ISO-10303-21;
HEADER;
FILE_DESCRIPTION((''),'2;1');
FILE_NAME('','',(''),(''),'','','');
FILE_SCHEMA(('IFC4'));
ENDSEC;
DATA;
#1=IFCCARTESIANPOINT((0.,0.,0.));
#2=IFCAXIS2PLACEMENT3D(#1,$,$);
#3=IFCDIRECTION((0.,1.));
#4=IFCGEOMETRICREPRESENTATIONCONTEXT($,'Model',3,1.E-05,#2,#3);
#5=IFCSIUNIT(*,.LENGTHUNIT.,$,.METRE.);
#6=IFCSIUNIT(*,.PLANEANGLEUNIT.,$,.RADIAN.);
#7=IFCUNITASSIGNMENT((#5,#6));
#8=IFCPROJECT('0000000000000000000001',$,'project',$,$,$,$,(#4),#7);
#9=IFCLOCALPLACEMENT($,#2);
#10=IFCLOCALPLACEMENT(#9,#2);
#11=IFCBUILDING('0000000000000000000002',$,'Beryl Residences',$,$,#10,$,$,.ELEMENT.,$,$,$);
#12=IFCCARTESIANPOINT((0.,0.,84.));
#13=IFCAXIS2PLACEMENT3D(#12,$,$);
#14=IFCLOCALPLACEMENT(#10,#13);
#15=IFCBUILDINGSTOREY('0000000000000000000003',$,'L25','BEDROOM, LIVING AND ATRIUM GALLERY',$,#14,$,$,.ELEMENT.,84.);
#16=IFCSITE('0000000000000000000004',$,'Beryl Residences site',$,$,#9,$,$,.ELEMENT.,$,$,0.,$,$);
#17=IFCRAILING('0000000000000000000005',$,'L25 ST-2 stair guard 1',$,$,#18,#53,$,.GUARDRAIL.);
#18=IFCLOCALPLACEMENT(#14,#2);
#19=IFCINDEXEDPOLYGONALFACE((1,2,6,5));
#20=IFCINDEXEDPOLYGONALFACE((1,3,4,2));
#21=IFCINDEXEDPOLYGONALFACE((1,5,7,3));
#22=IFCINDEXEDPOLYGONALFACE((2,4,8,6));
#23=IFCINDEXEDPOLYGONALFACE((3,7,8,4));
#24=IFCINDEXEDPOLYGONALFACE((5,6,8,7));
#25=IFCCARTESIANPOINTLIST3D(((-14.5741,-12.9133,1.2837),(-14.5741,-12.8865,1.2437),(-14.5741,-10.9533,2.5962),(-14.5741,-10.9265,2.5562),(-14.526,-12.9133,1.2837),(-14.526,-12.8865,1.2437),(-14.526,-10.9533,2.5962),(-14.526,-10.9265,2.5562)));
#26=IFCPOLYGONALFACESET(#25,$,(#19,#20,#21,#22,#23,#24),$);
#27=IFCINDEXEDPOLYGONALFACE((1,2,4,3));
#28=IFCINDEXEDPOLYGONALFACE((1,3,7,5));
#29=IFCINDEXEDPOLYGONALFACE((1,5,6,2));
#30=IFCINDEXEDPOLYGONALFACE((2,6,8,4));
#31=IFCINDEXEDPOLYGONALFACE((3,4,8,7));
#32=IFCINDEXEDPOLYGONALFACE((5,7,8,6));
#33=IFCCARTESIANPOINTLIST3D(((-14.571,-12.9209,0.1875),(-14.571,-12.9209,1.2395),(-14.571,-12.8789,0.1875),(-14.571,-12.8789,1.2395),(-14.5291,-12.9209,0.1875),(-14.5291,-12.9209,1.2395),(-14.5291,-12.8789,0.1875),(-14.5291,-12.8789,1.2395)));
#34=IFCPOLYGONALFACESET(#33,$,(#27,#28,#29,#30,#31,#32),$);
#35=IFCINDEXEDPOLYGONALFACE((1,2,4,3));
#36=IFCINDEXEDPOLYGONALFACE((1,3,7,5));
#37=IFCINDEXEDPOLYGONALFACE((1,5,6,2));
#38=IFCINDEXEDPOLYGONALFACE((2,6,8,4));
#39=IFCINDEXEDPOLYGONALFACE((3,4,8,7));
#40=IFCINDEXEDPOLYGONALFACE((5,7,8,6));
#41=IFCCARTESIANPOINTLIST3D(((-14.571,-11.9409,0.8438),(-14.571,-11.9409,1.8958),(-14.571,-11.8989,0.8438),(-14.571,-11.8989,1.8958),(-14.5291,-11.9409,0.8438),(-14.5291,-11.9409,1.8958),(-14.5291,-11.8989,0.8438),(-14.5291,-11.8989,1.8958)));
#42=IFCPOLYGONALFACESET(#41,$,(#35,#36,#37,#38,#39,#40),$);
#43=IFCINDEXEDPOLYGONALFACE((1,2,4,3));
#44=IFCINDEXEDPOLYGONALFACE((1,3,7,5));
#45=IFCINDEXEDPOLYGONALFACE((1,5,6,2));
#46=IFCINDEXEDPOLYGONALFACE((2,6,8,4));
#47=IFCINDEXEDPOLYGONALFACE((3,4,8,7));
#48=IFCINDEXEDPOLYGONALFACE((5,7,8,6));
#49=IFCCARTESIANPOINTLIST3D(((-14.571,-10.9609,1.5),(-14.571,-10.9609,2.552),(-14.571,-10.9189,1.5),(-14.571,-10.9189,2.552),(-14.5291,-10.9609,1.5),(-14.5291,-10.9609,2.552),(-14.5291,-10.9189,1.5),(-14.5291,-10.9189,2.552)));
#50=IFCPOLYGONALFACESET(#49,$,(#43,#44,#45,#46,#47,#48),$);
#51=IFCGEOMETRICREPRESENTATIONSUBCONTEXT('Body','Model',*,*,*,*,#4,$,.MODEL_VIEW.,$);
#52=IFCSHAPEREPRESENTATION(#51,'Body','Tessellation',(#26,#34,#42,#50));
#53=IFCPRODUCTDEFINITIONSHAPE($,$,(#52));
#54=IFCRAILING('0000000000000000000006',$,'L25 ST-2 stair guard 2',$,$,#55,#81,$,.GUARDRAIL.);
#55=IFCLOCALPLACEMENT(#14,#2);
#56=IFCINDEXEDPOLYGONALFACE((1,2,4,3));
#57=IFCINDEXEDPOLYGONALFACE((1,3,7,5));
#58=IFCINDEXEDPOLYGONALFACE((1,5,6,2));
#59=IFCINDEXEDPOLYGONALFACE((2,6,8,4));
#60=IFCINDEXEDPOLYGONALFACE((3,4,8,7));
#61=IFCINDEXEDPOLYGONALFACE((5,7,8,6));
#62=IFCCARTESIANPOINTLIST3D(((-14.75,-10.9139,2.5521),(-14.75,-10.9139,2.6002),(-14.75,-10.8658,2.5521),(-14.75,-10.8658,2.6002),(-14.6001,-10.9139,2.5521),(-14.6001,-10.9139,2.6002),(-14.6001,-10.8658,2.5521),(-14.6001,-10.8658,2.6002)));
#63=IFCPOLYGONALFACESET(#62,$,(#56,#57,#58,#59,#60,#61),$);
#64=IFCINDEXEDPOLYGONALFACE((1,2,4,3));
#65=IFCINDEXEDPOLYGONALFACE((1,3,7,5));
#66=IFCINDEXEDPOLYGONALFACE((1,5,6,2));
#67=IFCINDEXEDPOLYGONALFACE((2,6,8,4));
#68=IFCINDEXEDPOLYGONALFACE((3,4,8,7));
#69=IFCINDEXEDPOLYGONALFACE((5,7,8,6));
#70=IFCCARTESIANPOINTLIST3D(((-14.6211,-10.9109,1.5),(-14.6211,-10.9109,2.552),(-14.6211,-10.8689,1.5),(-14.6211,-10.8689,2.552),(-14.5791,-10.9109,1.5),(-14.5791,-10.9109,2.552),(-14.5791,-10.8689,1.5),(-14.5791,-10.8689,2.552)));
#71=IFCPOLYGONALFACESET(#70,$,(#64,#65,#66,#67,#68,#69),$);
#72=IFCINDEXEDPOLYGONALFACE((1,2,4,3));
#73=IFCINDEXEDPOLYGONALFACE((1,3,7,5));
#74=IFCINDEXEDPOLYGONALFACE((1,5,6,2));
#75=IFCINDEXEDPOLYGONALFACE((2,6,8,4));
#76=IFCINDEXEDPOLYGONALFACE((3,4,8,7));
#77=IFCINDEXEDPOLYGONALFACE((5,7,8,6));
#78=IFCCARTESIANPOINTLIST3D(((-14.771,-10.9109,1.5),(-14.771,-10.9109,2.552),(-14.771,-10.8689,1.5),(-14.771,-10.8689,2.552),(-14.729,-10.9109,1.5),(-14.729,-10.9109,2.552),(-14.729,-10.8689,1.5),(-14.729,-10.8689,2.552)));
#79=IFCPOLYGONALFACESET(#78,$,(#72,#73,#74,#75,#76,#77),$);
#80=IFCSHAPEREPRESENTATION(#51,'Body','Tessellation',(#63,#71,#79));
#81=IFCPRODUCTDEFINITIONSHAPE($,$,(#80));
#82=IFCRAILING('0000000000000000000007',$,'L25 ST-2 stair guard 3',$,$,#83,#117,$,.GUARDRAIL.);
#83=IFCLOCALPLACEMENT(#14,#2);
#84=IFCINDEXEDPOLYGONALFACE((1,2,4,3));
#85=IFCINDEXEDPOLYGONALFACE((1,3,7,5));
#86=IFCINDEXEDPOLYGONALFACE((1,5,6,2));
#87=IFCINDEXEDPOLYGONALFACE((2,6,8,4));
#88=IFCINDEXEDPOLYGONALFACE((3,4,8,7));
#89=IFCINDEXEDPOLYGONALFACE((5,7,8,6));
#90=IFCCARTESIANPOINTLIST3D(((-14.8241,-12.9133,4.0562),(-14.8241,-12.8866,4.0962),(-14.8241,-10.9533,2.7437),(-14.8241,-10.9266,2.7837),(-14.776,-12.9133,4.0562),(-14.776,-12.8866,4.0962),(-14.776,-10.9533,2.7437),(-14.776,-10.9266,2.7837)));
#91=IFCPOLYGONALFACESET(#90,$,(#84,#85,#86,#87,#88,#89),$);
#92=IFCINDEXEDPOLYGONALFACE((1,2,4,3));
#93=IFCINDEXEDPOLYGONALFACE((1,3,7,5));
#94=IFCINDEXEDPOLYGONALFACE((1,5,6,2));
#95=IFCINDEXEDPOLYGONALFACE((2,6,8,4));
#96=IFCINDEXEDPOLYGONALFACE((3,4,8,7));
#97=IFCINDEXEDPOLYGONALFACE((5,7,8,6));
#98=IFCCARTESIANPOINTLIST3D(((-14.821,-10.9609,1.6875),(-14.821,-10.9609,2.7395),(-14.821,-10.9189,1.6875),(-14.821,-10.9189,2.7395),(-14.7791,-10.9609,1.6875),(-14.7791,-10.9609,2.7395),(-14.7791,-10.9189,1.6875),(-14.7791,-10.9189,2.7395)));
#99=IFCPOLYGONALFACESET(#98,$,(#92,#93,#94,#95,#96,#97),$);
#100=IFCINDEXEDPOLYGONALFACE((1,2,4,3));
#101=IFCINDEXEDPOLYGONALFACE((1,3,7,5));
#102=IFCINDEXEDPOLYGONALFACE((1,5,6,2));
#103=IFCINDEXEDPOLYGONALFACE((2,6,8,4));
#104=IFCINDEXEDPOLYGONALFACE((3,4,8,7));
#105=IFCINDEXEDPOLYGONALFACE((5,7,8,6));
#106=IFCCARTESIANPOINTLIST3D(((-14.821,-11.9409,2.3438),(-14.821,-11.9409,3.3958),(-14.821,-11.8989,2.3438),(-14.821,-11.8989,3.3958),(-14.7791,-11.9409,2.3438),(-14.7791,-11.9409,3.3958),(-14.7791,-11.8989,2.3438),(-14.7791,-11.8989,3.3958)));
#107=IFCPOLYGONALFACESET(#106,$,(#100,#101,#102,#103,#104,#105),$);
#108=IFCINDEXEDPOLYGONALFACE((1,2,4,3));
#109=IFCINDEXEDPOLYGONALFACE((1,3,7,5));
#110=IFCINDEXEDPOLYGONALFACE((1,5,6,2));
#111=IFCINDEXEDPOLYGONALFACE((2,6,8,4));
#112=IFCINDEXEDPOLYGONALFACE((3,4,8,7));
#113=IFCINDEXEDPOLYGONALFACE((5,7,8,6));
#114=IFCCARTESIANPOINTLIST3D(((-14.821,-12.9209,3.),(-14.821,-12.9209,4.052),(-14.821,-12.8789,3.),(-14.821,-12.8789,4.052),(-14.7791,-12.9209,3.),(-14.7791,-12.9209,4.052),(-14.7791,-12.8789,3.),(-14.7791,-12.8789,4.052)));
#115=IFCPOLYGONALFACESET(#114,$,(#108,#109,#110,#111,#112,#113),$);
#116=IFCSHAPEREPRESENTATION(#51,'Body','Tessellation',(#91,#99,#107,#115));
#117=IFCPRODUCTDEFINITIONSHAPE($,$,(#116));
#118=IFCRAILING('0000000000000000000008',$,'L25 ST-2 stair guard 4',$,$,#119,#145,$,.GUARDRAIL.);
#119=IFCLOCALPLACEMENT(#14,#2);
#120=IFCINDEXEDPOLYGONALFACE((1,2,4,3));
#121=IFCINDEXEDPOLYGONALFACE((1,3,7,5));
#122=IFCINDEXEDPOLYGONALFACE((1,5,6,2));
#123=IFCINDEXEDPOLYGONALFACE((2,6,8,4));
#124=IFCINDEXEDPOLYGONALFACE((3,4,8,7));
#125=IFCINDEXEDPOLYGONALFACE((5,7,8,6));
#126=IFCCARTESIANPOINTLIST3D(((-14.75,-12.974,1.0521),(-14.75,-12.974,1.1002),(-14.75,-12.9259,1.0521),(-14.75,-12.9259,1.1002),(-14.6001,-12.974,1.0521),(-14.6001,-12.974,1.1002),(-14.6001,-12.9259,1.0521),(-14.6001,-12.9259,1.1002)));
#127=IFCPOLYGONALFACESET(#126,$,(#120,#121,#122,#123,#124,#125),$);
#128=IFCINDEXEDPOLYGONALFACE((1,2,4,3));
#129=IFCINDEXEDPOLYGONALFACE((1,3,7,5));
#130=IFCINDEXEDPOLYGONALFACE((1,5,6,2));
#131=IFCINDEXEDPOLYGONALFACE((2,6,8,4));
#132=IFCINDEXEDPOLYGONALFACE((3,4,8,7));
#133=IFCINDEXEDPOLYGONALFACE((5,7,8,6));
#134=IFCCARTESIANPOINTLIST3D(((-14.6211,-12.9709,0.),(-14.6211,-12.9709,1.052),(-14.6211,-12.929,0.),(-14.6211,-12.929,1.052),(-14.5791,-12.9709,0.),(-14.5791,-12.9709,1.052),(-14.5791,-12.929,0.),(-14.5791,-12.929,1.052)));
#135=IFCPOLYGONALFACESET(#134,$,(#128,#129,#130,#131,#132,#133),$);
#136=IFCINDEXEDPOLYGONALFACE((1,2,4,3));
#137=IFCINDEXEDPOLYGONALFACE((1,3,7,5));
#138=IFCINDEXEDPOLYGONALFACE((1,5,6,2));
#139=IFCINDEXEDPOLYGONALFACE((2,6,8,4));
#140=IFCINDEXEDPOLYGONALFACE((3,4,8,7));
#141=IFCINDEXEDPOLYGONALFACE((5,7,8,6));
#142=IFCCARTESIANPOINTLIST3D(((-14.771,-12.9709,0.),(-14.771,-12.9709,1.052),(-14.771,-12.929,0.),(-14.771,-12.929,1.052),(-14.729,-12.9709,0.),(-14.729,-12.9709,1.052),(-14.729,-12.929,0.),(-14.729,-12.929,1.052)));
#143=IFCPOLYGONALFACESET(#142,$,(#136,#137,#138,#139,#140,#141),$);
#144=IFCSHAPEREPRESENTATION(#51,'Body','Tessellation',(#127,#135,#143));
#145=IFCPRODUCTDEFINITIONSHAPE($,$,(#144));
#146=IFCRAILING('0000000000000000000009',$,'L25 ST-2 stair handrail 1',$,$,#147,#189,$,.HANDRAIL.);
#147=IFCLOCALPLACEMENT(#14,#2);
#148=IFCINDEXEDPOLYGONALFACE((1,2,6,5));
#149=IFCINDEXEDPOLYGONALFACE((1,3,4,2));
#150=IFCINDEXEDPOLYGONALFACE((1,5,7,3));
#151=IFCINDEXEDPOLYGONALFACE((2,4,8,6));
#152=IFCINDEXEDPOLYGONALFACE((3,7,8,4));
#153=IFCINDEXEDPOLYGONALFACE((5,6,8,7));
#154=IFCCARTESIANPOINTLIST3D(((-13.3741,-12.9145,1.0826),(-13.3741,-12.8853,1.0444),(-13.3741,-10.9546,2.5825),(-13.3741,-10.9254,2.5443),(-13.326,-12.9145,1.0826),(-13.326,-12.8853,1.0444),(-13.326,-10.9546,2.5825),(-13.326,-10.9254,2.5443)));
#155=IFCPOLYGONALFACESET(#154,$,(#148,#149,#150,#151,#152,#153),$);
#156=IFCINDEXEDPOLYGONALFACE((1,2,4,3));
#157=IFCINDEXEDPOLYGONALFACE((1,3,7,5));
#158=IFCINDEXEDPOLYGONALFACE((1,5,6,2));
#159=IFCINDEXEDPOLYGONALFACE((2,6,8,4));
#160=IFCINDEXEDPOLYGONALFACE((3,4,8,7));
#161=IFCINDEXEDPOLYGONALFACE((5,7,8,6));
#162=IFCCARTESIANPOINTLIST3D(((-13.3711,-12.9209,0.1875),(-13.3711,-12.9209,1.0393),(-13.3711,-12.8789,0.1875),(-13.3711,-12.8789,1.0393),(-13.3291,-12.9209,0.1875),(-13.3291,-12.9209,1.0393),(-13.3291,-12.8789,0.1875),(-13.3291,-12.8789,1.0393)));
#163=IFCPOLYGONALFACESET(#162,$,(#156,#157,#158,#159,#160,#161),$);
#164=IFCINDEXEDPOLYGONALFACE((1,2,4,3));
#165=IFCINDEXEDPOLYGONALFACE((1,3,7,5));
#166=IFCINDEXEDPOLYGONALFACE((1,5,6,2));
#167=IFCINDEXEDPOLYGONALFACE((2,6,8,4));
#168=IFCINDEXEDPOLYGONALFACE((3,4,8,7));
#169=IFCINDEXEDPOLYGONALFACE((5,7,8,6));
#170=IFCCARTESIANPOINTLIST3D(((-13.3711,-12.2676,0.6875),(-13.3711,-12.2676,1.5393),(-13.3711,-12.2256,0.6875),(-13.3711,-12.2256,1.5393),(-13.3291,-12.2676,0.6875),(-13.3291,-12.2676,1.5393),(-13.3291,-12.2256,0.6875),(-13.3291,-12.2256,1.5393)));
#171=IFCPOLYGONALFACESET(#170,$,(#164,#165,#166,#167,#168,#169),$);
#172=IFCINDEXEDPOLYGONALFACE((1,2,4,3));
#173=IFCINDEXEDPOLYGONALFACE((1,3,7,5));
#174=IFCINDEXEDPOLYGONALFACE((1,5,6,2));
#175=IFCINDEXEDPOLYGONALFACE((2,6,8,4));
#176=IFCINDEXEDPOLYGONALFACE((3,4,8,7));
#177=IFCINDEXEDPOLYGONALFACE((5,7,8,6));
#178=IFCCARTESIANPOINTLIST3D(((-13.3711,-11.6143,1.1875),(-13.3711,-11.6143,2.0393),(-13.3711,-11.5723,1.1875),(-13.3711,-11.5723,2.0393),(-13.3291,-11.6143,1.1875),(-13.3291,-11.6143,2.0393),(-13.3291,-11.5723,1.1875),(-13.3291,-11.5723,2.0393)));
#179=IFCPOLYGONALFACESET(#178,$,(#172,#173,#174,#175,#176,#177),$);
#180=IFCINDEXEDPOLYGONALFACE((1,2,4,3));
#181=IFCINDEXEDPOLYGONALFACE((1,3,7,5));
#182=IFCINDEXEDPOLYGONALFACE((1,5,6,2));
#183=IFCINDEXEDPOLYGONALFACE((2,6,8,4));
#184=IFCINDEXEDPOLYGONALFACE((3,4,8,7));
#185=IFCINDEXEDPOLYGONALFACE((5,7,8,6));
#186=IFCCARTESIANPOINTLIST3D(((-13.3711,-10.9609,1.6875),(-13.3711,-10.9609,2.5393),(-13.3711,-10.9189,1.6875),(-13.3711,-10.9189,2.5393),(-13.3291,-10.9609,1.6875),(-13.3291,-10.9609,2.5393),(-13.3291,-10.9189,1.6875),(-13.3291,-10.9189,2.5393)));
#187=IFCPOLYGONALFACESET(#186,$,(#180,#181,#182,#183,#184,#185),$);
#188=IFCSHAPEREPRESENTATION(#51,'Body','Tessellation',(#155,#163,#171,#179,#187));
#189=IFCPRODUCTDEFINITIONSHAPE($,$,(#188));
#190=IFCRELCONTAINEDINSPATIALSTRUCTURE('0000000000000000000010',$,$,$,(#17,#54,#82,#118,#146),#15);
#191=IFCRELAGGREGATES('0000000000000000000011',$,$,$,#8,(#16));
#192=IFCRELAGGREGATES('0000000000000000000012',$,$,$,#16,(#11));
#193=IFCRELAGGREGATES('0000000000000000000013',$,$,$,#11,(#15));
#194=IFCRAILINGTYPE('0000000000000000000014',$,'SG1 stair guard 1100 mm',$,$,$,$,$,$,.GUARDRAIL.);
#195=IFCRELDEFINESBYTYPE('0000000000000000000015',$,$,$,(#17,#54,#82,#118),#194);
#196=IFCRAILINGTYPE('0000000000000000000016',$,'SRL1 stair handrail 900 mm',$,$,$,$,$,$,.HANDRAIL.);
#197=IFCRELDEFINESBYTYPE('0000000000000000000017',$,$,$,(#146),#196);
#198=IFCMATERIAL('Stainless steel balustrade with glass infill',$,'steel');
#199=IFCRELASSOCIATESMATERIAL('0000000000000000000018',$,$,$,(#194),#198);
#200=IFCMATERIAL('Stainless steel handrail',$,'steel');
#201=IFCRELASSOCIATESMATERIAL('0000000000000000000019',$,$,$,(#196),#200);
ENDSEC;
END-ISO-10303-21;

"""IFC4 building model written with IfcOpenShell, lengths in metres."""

from ifc_helpers import new_model, si_unit, direction, frame, origin, origin_2d, place, context, subcontext, project, spatial, rectangle, extrude, material, type_object, element, save


model = new_model("IFC4")

# Units and contexts
model_context = context("Model", 3, precision=1e-05, world=origin(), true_north=direction((0.0, 1.0)))
body_context = subcontext(model_context, "Body", "Model", "MODEL_VIEW")
ifc_project = project(units=[si_unit("LENGTHUNIT", "METRE"), si_unit("PLANEANGLEUNIT", "RADIAN")], contexts=[model_context])

# Site, building, storey
site_placement = place(None, origin())
site = spatial("IfcSite", under=ifc_project, at=site_placement, Name="Beryl Residences site", CompositionType="ELEMENT", RefElevation=0.0)
building_placement = place(site_placement, origin())
building = spatial("IfcBuilding", under=site, at=building_placement, Name="Beryl Residences", CompositionType="ELEMENT")
storey_placement = place(building_placement, frame((0.0, 0.0, 84.0)))
storey = spatial("IfcBuildingStorey", under=building, at=storey_placement, Name="L25", Description="BEDROOM, LIVING AND ATRIUM GALLERY", CompositionType="ELEMENT", Elevation=84.0)

# Railings
ifc_material_1 = material(Name="Stainless steel balustrade with glass infill", Category="steel")
railing_type_1 = type_object("IfcRailingType", Name="SG1 stair guard 1100 mm", PredefinedType="GUARDRAIL", material=ifc_material_1)
railing_1_placement = place(storey_placement, frame((-14.55, -12.8999, 0.1875)))
element("IfcRailing", 1, at=railing_1_placement, inside=storey, type_object=railing_type_1, Name="L25 ST-2 stair guard 1", PredefinedType="GUARDRAIL", context=body_context, shape_type="SweptSolid", body=[
    extrude(rectangle(XDim=0.0481, YDim=0.0481, at=origin_2d()), frame((0.0, 0.0, 1.0762), z_axis=(0.0, 0.830902, 0.556419), x_axis=(-1.0, 0.0, 0.0)), (0.0, 0.0, 1.0), 2.3589),
    extrude(rectangle(XDim=0.042, YDim=0.042, at=origin_2d()), origin(), (0.0, 0.0, 1.0), 1.052),
    extrude(rectangle(XDim=0.042, YDim=0.042, at=origin_2d()), frame((0.0, 0.98, 0.6562)), (0.0, 0.0, 1.0), 1.052),
    extrude(rectangle(XDim=0.042, YDim=0.042, at=origin_2d()), frame((0.0, 1.96, 1.3125)), (0.0, 0.0, 1.0), 1.052),
])
railing_2_placement = place(storey_placement, frame((-14.6001, -10.8899, 1.5)))
element("IfcRailing", 2, at=railing_2_placement, inside=storey, type_object=railing_type_1, Name="L25 ST-2 stair guard 2", PredefinedType="GUARDRAIL", context=body_context, shape_type="SweptSolid", body=[
    extrude(rectangle(XDim=0.0481, YDim=0.0481, at=origin_2d()), frame((0.0, 0.0, 1.0762), z_axis=(-1.0, 0.0, 0.0), x_axis=(0.0, -1.0, 0.0)), (0.0, 0.0, 1.0), 0.1499),
    extrude(rectangle(XDim=0.042, YDim=0.042, at=origin_2d()), origin(), (0.0, 0.0, 1.0), 1.052),
    extrude(rectangle(XDim=0.042, YDim=0.042, at=origin_2d()), frame((-0.1499, 0.0, 0.0)), (0.0, 0.0, 1.0), 1.052),
])
railing_3_placement = place(storey_placement, frame((-14.8, -10.9399, 1.6875)))
element("IfcRailing", 3, at=railing_3_placement, inside=storey, type_object=railing_type_1, Name="L25 ST-2 stair guard 3", PredefinedType="GUARDRAIL", context=body_context, shape_type="SweptSolid", body=[
    extrude(rectangle(XDim=0.0481, YDim=0.0481, at=origin_2d()), frame((0.0, 0.0, 1.0762), z_axis=(0.0, -0.830902, 0.556419), x_axis=(1.0, 0.0, 0.0)), (0.0, 0.0, 1.0), 2.3589),
    extrude(rectangle(XDim=0.042, YDim=0.042, at=origin_2d()), origin(), (0.0, 0.0, 1.0), 1.052),
    extrude(rectangle(XDim=0.042, YDim=0.042, at=origin_2d()), frame((0.0, -0.98, 0.6562)), (0.0, 0.0, 1.0), 1.052),
    extrude(rectangle(XDim=0.042, YDim=0.042, at=origin_2d()), frame((0.0, -1.96, 1.3125)), (0.0, 0.0, 1.0), 1.052),
])
railing_4_placement = place(storey_placement, frame((-14.6001, -12.95, 0.0)))
element("IfcRailing", 4, at=railing_4_placement, inside=storey, type_object=railing_type_1, Name="L25 ST-2 stair guard 4", PredefinedType="GUARDRAIL", context=body_context, shape_type="SweptSolid", body=[
    extrude(rectangle(XDim=0.0481, YDim=0.0481, at=origin_2d()), frame((0.0, 0.0, 1.0762), z_axis=(-1.0, 0.0, 0.0), x_axis=(0.0, -1.0, 0.0)), (0.0, 0.0, 1.0), 0.1499),
    extrude(rectangle(XDim=0.042, YDim=0.042, at=origin_2d()), origin(), (0.0, 0.0, 1.0), 1.052),
    extrude(rectangle(XDim=0.042, YDim=0.042, at=origin_2d()), frame((-0.1499, 0.0, 0.0)), (0.0, 0.0, 1.0), 1.052),
])
ifc_material_2 = material(Name="Stainless steel handrail", Category="steel")
railing_type_2 = type_object("IfcRailingType", Name="SRL1 stair handrail 900 mm", PredefinedType="HANDRAIL", material=ifc_material_2)
railing_5_placement = place(storey_placement, frame((-13.3501, -12.8999, 0.1875)))
element("IfcRailing", 5, at=railing_5_placement, inside=storey, type_object=railing_type_2, Name="L25 ST-2 stair handrail 1", PredefinedType="HANDRAIL", context=body_context, shape_type="SweptSolid", body=[
    extrude(rectangle(XDim=0.0481, YDim=0.0481, at=origin_2d()), frame((0.0, 0.0, 0.876), z_axis=(0.0, 0.794122, 0.607758), x_axis=(-1.0, 0.0, 0.0)), (0.0, 0.0, 1.0), 2.468),
    extrude(rectangle(XDim=0.042, YDim=0.042, at=origin_2d()), origin(), (0.0, 0.0, 1.0), 0.8518),
    extrude(rectangle(XDim=0.042, YDim=0.042, at=origin_2d()), frame((0.0, 0.6533, 0.5)), (0.0, 0.0, 1.0), 0.8518),
    extrude(rectangle(XDim=0.042, YDim=0.042, at=origin_2d()), frame((0.0, 1.3066, 1.0)), (0.0, 0.0, 1.0), 0.8518),
    extrude(rectangle(XDim=0.042, YDim=0.042, at=origin_2d()), frame((0.0, 1.96, 1.5)), (0.0, 0.0, 1.0), 0.8518),
])

save(model, "model.ifc")
